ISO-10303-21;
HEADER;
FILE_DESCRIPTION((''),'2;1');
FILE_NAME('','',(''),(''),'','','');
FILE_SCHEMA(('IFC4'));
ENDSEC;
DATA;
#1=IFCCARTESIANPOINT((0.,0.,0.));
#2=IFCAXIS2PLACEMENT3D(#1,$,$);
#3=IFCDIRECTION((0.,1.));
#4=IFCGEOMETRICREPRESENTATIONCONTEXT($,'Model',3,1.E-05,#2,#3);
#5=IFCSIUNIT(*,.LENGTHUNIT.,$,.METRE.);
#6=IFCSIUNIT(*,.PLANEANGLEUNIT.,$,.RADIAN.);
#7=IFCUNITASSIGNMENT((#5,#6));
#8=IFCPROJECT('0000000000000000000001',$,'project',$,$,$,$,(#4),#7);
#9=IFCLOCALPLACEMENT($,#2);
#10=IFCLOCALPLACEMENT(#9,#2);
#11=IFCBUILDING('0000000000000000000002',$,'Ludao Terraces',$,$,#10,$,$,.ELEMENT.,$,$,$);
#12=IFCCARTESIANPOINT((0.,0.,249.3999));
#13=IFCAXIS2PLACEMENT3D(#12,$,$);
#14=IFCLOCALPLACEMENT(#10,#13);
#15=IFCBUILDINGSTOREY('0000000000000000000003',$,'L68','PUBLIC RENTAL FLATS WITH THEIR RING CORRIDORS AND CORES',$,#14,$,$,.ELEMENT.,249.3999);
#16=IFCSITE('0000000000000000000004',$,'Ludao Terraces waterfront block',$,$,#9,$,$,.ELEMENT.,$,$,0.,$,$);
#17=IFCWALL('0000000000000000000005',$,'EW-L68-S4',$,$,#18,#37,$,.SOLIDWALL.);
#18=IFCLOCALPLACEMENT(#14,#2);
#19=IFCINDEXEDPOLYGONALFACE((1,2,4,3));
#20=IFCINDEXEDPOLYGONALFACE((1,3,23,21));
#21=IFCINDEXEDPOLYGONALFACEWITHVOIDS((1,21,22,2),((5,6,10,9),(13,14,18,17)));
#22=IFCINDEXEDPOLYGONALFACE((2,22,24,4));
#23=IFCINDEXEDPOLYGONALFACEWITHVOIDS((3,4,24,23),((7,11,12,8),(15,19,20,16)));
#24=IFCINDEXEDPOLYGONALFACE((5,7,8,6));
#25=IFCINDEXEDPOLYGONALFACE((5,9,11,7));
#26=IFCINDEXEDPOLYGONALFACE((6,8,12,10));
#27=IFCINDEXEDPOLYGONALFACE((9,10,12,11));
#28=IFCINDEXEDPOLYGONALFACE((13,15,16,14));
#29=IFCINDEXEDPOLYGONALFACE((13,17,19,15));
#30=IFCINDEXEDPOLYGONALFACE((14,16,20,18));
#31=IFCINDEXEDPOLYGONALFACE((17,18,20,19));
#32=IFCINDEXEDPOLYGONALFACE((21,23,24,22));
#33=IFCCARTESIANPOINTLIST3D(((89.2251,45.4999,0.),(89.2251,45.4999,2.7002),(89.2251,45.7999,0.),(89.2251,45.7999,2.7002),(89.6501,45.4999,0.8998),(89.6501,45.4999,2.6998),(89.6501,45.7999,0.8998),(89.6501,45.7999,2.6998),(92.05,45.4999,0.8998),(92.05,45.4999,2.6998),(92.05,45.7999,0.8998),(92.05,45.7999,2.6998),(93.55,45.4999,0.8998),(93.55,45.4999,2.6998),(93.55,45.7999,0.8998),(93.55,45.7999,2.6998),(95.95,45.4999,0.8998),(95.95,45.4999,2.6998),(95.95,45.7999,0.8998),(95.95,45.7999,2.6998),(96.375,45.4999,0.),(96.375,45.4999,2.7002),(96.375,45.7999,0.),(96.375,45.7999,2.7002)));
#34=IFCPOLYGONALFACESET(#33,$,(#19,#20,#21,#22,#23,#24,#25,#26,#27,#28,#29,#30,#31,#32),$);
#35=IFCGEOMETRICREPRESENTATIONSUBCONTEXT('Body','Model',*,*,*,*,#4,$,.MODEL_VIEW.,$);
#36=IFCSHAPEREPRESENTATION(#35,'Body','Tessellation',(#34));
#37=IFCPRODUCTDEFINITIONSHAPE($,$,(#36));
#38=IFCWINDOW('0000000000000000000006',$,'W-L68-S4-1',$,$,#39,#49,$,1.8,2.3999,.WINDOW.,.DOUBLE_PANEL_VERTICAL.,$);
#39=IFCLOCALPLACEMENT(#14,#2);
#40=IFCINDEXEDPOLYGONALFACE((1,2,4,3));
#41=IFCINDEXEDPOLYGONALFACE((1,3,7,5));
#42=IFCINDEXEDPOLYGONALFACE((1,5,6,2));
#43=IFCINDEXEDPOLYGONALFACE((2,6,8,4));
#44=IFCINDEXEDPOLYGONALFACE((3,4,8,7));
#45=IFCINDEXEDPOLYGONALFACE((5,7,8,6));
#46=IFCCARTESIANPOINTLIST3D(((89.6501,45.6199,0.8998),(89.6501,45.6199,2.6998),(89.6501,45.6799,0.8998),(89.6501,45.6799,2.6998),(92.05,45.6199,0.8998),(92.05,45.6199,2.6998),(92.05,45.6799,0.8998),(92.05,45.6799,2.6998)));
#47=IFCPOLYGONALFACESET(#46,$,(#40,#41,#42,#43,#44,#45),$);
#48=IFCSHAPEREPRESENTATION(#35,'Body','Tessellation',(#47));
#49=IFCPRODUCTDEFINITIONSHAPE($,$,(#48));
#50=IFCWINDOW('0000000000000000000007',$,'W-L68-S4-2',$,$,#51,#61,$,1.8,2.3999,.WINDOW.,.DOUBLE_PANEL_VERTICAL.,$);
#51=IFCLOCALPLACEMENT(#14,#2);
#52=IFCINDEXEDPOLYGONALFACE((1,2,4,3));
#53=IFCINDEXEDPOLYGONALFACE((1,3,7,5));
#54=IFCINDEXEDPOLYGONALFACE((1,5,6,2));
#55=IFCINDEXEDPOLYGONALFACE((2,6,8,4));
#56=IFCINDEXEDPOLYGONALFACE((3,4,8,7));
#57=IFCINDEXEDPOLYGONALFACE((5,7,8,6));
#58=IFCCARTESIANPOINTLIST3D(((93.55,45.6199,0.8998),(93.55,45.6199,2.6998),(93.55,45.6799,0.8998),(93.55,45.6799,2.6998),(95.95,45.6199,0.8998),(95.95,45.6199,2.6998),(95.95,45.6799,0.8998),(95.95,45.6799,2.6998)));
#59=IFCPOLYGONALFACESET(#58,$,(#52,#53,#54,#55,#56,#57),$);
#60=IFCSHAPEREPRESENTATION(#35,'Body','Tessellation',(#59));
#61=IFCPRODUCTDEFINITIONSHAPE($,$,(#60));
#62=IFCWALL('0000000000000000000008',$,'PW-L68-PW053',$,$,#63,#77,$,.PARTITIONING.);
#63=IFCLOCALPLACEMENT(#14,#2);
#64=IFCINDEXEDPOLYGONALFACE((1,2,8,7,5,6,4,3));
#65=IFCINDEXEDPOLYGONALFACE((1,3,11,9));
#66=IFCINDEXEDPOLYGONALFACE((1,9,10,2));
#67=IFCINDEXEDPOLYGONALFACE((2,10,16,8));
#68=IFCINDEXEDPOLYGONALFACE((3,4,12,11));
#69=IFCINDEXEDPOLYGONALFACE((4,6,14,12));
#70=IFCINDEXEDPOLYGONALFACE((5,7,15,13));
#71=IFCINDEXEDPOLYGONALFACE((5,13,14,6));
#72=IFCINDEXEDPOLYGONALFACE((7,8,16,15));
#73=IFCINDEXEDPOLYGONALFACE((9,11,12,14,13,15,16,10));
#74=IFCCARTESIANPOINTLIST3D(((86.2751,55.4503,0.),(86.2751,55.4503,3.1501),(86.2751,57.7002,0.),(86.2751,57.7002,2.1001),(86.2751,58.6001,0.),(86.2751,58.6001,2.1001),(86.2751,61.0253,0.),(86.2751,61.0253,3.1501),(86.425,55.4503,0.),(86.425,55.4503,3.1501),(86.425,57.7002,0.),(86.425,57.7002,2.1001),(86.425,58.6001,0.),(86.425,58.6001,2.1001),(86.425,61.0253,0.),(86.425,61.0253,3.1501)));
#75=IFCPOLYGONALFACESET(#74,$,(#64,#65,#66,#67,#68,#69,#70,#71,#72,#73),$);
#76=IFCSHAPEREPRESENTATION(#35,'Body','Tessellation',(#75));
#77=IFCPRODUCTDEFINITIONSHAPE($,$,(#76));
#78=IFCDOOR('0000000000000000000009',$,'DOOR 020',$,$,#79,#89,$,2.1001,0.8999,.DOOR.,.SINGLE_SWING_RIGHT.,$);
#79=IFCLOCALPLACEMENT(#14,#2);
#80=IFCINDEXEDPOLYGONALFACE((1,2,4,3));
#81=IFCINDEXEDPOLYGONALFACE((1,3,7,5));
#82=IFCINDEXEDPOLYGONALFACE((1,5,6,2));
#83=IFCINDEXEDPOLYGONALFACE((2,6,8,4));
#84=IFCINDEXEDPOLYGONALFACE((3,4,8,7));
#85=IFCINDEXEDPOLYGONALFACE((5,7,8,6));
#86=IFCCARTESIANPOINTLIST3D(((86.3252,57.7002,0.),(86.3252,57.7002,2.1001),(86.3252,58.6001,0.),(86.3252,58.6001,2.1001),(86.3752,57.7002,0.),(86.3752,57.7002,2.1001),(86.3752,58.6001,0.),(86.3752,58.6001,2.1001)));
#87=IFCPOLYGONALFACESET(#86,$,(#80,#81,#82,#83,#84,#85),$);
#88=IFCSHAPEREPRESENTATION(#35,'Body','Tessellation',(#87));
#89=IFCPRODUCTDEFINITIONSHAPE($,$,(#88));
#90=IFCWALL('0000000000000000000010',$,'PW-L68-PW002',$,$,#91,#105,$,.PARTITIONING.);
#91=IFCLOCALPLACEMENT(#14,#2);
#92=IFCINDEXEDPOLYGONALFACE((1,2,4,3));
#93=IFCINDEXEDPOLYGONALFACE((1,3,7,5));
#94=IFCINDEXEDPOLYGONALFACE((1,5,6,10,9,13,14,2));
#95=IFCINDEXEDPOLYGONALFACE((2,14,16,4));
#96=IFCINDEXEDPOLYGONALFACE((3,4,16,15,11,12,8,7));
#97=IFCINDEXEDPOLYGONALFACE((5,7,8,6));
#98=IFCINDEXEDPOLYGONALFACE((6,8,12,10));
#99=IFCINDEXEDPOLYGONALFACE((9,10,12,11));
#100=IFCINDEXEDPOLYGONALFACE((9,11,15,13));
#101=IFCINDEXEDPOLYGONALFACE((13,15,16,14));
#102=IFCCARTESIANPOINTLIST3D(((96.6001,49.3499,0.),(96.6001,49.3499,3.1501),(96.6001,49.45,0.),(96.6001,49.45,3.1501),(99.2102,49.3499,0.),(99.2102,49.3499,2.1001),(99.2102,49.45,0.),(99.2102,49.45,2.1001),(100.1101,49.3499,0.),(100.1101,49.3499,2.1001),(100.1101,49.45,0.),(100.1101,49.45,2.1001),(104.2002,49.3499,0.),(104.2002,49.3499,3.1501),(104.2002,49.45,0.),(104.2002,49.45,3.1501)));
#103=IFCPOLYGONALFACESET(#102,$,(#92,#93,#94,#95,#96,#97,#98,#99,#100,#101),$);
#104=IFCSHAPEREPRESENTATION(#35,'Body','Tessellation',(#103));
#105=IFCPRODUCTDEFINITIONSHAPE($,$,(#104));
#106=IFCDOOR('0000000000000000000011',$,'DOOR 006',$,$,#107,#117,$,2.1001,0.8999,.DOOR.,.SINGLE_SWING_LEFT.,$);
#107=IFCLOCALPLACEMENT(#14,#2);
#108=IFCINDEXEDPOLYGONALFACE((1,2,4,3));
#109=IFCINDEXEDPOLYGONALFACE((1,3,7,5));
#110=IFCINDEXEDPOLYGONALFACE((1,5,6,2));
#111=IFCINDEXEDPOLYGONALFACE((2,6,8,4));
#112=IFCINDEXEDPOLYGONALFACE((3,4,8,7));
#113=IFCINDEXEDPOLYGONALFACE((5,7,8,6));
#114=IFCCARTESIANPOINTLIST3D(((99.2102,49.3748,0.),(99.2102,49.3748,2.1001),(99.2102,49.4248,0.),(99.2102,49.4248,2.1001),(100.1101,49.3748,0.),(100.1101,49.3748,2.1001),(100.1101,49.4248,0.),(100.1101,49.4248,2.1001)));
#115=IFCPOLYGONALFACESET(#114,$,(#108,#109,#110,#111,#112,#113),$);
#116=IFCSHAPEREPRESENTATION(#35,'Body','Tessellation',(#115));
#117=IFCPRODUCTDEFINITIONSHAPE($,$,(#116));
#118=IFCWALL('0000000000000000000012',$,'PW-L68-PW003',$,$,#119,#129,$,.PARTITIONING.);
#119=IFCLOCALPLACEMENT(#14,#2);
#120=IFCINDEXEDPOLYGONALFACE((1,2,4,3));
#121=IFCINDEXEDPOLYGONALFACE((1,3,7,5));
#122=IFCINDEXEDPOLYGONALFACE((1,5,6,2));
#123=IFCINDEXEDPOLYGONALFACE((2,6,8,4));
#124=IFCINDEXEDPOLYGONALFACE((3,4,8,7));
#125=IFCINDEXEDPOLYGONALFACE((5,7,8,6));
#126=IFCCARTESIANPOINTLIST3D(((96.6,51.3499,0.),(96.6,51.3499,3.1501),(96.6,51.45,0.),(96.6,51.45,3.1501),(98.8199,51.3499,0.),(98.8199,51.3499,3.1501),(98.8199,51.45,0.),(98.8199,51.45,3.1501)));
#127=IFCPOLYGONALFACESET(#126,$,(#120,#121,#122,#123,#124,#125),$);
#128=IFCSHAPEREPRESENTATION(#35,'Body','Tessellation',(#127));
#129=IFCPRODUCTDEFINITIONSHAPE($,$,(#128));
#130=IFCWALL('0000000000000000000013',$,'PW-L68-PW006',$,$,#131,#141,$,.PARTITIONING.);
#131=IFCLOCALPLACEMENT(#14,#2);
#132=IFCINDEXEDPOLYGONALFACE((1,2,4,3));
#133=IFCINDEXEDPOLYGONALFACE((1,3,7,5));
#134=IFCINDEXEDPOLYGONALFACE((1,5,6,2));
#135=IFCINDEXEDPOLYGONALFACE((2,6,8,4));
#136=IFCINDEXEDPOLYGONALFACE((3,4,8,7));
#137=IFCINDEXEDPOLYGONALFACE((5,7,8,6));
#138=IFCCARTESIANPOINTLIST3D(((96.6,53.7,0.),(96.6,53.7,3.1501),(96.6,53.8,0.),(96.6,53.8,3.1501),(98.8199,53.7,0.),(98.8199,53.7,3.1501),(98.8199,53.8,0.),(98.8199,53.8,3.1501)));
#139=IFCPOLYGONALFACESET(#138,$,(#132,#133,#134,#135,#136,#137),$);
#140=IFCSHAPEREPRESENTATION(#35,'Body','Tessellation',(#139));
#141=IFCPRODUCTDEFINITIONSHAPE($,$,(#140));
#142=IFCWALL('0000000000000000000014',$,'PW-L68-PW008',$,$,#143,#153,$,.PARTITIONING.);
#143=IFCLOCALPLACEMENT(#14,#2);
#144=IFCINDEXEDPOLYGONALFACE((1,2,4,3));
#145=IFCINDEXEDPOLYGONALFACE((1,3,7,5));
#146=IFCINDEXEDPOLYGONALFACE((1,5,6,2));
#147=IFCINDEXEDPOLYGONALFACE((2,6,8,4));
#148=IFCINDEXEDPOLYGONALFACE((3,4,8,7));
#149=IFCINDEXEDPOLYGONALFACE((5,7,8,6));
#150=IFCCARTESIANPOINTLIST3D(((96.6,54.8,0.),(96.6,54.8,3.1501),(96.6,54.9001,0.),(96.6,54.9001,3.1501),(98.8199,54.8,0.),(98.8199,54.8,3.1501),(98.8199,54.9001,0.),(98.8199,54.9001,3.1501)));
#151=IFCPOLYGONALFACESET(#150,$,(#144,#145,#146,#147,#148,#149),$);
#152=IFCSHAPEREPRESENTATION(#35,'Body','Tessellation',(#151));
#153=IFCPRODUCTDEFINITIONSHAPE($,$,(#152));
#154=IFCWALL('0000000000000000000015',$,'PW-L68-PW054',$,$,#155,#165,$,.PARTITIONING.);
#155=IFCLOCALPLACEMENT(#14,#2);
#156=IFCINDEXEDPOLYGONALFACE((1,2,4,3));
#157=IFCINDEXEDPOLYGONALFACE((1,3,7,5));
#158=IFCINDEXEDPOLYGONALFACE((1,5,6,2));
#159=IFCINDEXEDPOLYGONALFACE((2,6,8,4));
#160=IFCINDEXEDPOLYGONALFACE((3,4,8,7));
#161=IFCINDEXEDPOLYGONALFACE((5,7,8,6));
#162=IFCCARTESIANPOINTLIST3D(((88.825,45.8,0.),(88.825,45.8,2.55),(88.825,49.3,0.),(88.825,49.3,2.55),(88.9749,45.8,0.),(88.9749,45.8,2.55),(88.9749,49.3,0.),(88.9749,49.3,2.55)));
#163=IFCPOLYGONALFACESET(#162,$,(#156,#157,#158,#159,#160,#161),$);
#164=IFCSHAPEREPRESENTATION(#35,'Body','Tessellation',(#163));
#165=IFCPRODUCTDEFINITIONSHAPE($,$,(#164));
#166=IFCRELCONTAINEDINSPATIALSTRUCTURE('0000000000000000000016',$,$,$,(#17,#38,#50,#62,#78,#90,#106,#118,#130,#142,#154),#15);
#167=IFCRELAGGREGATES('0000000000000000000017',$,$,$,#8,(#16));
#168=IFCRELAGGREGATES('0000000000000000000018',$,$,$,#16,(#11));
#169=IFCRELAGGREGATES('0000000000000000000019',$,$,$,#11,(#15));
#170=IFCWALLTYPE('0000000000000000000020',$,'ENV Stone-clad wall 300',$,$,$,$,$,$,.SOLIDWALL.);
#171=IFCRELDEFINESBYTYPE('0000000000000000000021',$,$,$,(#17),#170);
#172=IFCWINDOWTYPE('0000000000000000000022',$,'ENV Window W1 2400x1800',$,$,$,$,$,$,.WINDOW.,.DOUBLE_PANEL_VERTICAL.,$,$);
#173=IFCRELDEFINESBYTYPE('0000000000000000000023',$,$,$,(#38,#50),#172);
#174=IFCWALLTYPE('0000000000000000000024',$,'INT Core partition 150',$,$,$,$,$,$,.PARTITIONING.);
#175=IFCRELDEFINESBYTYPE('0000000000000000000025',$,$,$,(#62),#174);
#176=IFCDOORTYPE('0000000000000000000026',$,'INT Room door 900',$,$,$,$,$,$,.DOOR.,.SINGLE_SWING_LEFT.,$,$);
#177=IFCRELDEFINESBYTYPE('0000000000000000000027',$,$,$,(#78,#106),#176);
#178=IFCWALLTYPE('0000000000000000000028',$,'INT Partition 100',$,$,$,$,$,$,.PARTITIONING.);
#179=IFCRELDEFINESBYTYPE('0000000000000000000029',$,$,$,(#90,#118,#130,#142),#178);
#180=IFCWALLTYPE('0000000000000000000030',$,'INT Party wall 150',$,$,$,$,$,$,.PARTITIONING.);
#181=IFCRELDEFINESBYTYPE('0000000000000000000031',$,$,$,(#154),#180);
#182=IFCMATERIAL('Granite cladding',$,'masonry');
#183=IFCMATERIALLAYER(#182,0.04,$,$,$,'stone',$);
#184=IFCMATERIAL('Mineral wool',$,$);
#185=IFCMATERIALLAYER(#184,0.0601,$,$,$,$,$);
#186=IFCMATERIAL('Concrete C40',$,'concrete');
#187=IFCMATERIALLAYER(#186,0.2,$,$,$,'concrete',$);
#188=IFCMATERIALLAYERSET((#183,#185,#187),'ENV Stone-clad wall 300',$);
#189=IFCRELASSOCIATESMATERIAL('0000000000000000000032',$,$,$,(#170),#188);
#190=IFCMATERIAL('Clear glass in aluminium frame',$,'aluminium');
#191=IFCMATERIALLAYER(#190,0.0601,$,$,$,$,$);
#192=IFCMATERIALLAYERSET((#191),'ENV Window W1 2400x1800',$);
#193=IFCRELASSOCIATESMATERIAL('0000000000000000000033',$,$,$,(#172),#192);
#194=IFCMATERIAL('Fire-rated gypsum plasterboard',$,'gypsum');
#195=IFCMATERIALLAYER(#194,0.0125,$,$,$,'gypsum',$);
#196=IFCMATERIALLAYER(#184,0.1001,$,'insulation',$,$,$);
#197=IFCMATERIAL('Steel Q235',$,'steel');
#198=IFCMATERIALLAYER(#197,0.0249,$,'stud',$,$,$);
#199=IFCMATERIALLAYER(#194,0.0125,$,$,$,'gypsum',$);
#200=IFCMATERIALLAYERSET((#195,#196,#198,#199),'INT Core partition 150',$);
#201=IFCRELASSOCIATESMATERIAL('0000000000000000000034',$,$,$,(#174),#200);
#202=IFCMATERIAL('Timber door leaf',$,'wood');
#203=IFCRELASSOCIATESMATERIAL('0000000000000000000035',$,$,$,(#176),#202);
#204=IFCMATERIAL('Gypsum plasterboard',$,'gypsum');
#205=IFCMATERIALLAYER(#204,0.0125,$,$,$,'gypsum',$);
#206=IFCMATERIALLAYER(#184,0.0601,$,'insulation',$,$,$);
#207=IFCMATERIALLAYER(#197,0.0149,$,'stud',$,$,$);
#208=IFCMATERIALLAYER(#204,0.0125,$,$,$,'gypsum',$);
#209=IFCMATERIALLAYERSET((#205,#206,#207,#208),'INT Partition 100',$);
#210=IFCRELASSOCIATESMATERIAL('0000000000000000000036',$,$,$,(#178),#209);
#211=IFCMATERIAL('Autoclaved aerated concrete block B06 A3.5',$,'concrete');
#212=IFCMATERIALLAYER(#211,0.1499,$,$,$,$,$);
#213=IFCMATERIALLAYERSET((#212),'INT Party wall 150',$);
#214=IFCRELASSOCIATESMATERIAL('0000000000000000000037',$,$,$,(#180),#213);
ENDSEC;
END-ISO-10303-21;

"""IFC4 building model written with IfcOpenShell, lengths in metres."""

from ifc_helpers import new_model, si_unit, direction, frame, frame_2d, origin, place, context, subcontext, project, spatial, rectangle, extrude, material, layer, layer_set, type_object, element, fill, save


model = new_model("IFC4")

# Units and contexts
model_context = context("Model", 3, precision=1e-05, world=origin(), true_north=direction((0.0, 1.0)))
body_context = subcontext(model_context, "Body", "Model", "MODEL_VIEW")
ifc_project = project(units=[si_unit("LENGTHUNIT", "METRE"), si_unit("PLANEANGLEUNIT", "RADIAN")], contexts=[model_context])

# Site, building, storey
site_placement = place(None, origin())
site = spatial("IfcSite", under=ifc_project, at=site_placement, Name="Ludao Terraces waterfront block", CompositionType="ELEMENT", RefElevation=0.0)
building_placement = place(site_placement, origin())
building = spatial("IfcBuilding", under=site, at=building_placement, Name="Ludao Terraces", CompositionType="ELEMENT")
storey_placement = place(building_placement, frame((0.0, 0.0, 249.3999)))
storey = spatial("IfcBuildingStorey", under=building, at=storey_placement, Name="L68", Description="PUBLIC RENTAL FLATS WITH THEIR RING CORRIDORS AND CORES", CompositionType="ELEMENT", Elevation=249.3999)

# Shared definitions
ifc_material_1 = material(Name="Concrete C40", Category="concrete")

# Shared definitions
ifc_material_2 = material(Name="Steel Q235", Category="steel")

# Wall, openings, windows
ifc_material_3 = material(Name="Granite cladding", Category="masonry")
ifc_layer_1 = layer(ifc_material_3, 0.04, Category="stone")
ifc_material_4 = material(Name="Mineral wool")
ifc_layer_2 = layer(ifc_material_4, 0.0601)
ifc_layer_3 = layer(ifc_material_1, 0.2, Category="concrete")
ifc_layer_set_1 = layer_set([ifc_layer_1, ifc_layer_2, ifc_layer_3], Name="ENV Stone-clad wall 300")
wall_type_1 = type_object("IfcWallType", Name="ENV Stone-clad wall 300", PredefinedType="SOLIDWALL", material=ifc_layer_set_1)
wall_1_placement = place(storey_placement, frame((89.2251, 45.6499, 0.0), z_axis=(0.0, 0.0, 1.0), x_axis=(1.0, 0.0, 0.0)))
wall_1 = element("IfcWall", 1, at=wall_1_placement, inside=storey, type_object=wall_type_1, Name="EW-L68-S4", PredefinedType="SOLIDWALL", context=body_context, shape_type="SweptSolid", body=[
    extrude(rectangle(XDim=7.1499, YDim=0.3, at=frame_2d((3.575, 0.0))), origin(), (0.0, 0.0, 1.0), 2.7002),
])
opening_1_placement = place(wall_1_placement, frame((0.425, 0.0, 0.8999)))
opening_1 = element("IfcOpeningElement", 2, at=opening_1_placement, cuts=wall_1, PredefinedType="OPENING", context=body_context, shape_type="SweptSolid", body=[
    extrude(rectangle(XDim=2.3999, YDim=1.8, at=frame_2d((1.2, 0.8999))), frame((0.0, 0.1602, 0.0), z_axis=(0.0, -1.0, 0.0), x_axis=(1.0, 0.0, 0.0)), (0.0, 0.0, 1.0), 0.3201),
])
opening_2_placement = place(wall_1_placement, frame((4.325, 0.0, 0.8999)))
opening_2 = element("IfcOpeningElement", 3, at=opening_2_placement, cuts=wall_1, PredefinedType="OPENING", context=body_context, shape_type="SweptSolid", body=[
    extrude(rectangle(XDim=2.3999, YDim=1.8, at=frame_2d((1.2, 0.8999))), frame((0.0, 0.1602, 0.0), z_axis=(0.0, -1.0, 0.0), x_axis=(1.0, 0.0, 0.0)), (0.0, 0.0, 1.0), 0.3201),
])
ifc_material_5 = material(Name="Clear glass in aluminium frame", Category="aluminium")
ifc_layer_4 = layer(ifc_material_5, 0.0601)
ifc_layer_set_2 = layer_set([ifc_layer_4], Name="ENV Window W1 2400x1800")
window_type = type_object("IfcWindowType", Name="ENV Window W1 2400x1800", PartitioningType="DOUBLE_PANEL_VERTICAL", PredefinedType="WINDOW", material=ifc_layer_set_2)
window_1_placement = place(opening_1_placement, origin())
window_1 = element("IfcWindow", 4, at=window_1_placement, inside=storey, type_object=window_type, Name="W-L68-S4-1", OverallHeight=1.8, OverallWidth=2.3999, PartitioningType="DOUBLE_PANEL_VERTICAL", PredefinedType="WINDOW", context=body_context, shape_type="SweptSolid", body=[
    extrude(rectangle(XDim=2.3999, YDim=1.8, at=frame_2d((1.2, 0.8999))), frame((0.0, 0.03, 0.0), z_axis=(0.0, -1.0, 0.0), x_axis=(1.0, 0.0, 0.0)), (0.0, 0.0, 1.0), 0.0601),
])
fill(opening_1, window_1)
window_2_placement = place(opening_2_placement, origin())
window_2 = element("IfcWindow", 5, at=window_2_placement, inside=storey, type_object=window_type, Name="W-L68-S4-2", OverallHeight=1.8, OverallWidth=2.3999, PartitioningType="DOUBLE_PANEL_VERTICAL", PredefinedType="WINDOW", context=body_context, shape_type="SweptSolid", body=[
    extrude(rectangle(XDim=2.3999, YDim=1.8, at=frame_2d((1.2, 0.8999))), frame((0.0, 0.03, 0.0), z_axis=(0.0, -1.0, 0.0), x_axis=(1.0, 0.0, 0.0)), (0.0, 0.0, 1.0), 0.0601),
])
fill(opening_2, window_2)

# Walls, openings, doors
ifc_material_6 = material(Name="Fire-rated gypsum plasterboard", Category="gypsum")
ifc_layer_5 = layer(ifc_material_6, 0.0125, Category="gypsum")
ifc_layer_6 = layer(ifc_material_4, 0.1001, Name="insulation")
ifc_layer_7 = layer(ifc_material_2, 0.0249, Name="stud")
ifc_layer_8 = layer(ifc_material_6, 0.0125, Category="gypsum")
ifc_layer_set_3 = layer_set([ifc_layer_5, ifc_layer_6, ifc_layer_7, ifc_layer_8], Name="INT Core partition 150")
wall_type_2 = type_object("IfcWallType", Name="INT Core partition 150", PredefinedType="PARTITIONING", material=ifc_layer_set_3)
wall_2_placement = place(storey_placement, frame((86.3501, 55.4502, 0.0), z_axis=(0.0, 0.0, 1.0), x_axis=(0.0, 1.0, 0.0)))
wall_2 = element("IfcWall", 6, at=wall_2_placement, inside=storey, type_object=wall_type_2, Name="PW-L68-PW053", PredefinedType="PARTITIONING", context=body_context, shape_type="SweptSolid", body=[
    extrude(rectangle(XDim=5.575, YDim=0.1499, at=frame_2d((2.7876, 0.0))), origin(), (0.0, 0.0, 1.0), 3.1501),
])
opening_3_placement = place(wall_2_placement, frame((2.25, 0.0, 0.0)))
opening_3 = element("IfcOpeningElement", 7, at=opening_3_placement, cuts=wall_2, PredefinedType="OPENING", context=body_context, shape_type="SweptSolid", body=[
    extrude(rectangle(XDim=0.8999, YDim=2.1001, at=frame_2d((0.45, 1.05))), frame((0.0, 0.085, 0.0), z_axis=(0.0, -1.0, 0.0), x_axis=(1.0, 0.0, 0.0)), (0.0, 0.0, 1.0), 0.1699),
])
ifc_material_7 = material(Name="Timber door leaf", Category="wood")
door_type_1 = type_object("IfcDoorType", Name="INT Room door 900", OperationType="SINGLE_SWING_LEFT", PredefinedType="DOOR", material=ifc_material_7)
door_1_placement = place(opening_3_placement, origin())
door_1 = element("IfcDoor", 8, at=door_1_placement, inside=storey, type_object=door_type_1, Name="DOOR 020", OperationType="SINGLE_SWING_RIGHT", OverallHeight=2.1001, OverallWidth=0.8999, PredefinedType="DOOR", context=body_context, shape_type="SweptSolid", body=[
    extrude(rectangle(XDim=0.8999, YDim=2.1001, at=frame_2d((0.45, 1.05))), frame((0.0, 0.0249, 0.0), z_axis=(0.0, -1.0, 0.0), x_axis=(1.0, 0.0, 0.0)), (0.0, 0.0, 1.0), 0.05),
])
fill(opening_3, door_1)
ifc_material_8 = material(Name="Gypsum plasterboard", Category="gypsum")
ifc_layer_9 = layer(ifc_material_8, 0.0125, Category="gypsum")
ifc_layer_10 = layer(ifc_material_4, 0.0601, Name="insulation")
ifc_layer_11 = layer(ifc_material_2, 0.0149, Name="stud")
ifc_layer_12 = layer(ifc_material_8, 0.0125, Category="gypsum")
ifc_layer_set_4 = layer_set([ifc_layer_9, ifc_layer_10, ifc_layer_11, ifc_layer_12], Name="INT Partition 100")
wall_type_3 = type_object("IfcWallType", Name="INT Partition 100", PredefinedType="PARTITIONING", material=ifc_layer_set_4)
wall_3_placement = place(storey_placement, frame((96.6001, 49.3999, 0.0), z_axis=(0.0, 0.0, 1.0), x_axis=(1.0, 0.0, 0.0)))
wall_3 = element("IfcWall", 9, at=wall_3_placement, inside=storey, type_object=wall_type_3, Name="PW-L68-PW002", PredefinedType="PARTITIONING", context=body_context, shape_type="SweptSolid", body=[
    extrude(rectangle(XDim=7.6001, YDim=0.1001, at=frame_2d((3.8, 0.0))), origin(), (0.0, 0.0, 1.0), 3.1501),
])
opening_4_placement = place(wall_3_placement, frame((2.6101, 0.0, 0.0)))
opening_4 = element("IfcOpeningElement", 10, at=opening_4_placement, cuts=wall_3, PredefinedType="OPENING", context=body_context, shape_type="SweptSolid", body=[
    extrude(rectangle(XDim=0.8999, YDim=2.1001, at=frame_2d((0.45, 1.05))), frame((0.0, 0.0601, 0.0), z_axis=(0.0, -1.0, 0.0), x_axis=(1.0, 0.0, 0.0)), (0.0, 0.0, 1.0), 0.1201),
])
door_2_placement = place(opening_4_placement, origin())
door_2 = element("IfcDoor", 11, at=door_2_placement, inside=storey, type_object=door_type_1, Name="DOOR 006", OperationType="SINGLE_SWING_LEFT", OverallHeight=2.1001, OverallWidth=0.8999, PredefinedType="DOOR", context=body_context, shape_type="SweptSolid", body=[
    extrude(rectangle(XDim=0.8999, YDim=2.1001, at=frame_2d((0.45, 1.05))), frame((0.0, 0.0249, 0.0), z_axis=(0.0, -1.0, 0.0), x_axis=(1.0, 0.0, 0.0)), (0.0, 0.0, 1.0), 0.05),
])
fill(opening_4, door_2)

# Walls
for number, where, z_axis, x_axis, name in (
    (12, (96.6001, 51.3999, 0.0), (0.0, 0.0, 1.0), (1.0, 0.0, 0.0), "PW-L68-PW003"),
    (13, (96.6001, 53.75, 0.0), (0.0, 0.0, 1.0), (1.0, 0.0, 0.0), "PW-L68-PW006"),
    (14, (96.6001, 54.8501, 0.0), (0.0, 0.0, 1.0), (1.0, 0.0, 0.0), "PW-L68-PW008"),
):
    element("IfcWall", number, at=place(storey_placement, frame(where, z_axis=z_axis, x_axis=x_axis)), inside=storey, type_object=wall_type_3, Name=name, PredefinedType="PARTITIONING", context=body_context, shape_type="SweptSolid", body=[
        extrude(rectangle(XDim=2.22, YDim=0.1001, at=frame_2d((1.1099, 0.0))), origin(), (0.0, 0.0, 1.0), 3.1501),
    ])
ifc_material_9 = material(Name="Autoclaved aerated concrete block B06 A3.5", Category="concrete")
ifc_layer_13 = layer(ifc_material_9, 0.1499)
ifc_layer_set_5 = layer_set([ifc_layer_13], Name="INT Party wall 150")
wall_type_4 = type_object("IfcWallType", Name="INT Party wall 150", PredefinedType="PARTITIONING", material=ifc_layer_set_5)
wall_4_placement = place(storey_placement, frame((88.8999, 45.8, 0.0), z_axis=(0.0, 0.0, 1.0), x_axis=(0.0, 1.0, 0.0)))
element("IfcWall", 15, at=wall_4_placement, inside=storey, type_object=wall_type_4, Name="PW-L68-PW054", PredefinedType="PARTITIONING", context=body_context, shape_type="SweptSolid", body=[
    extrude(rectangle(XDim=3.5, YDim=0.1499, at=frame_2d((1.75, 0.0))), origin(), (0.0, 0.0, 1.0), 2.55),
])

save(model, "model.ifc")
